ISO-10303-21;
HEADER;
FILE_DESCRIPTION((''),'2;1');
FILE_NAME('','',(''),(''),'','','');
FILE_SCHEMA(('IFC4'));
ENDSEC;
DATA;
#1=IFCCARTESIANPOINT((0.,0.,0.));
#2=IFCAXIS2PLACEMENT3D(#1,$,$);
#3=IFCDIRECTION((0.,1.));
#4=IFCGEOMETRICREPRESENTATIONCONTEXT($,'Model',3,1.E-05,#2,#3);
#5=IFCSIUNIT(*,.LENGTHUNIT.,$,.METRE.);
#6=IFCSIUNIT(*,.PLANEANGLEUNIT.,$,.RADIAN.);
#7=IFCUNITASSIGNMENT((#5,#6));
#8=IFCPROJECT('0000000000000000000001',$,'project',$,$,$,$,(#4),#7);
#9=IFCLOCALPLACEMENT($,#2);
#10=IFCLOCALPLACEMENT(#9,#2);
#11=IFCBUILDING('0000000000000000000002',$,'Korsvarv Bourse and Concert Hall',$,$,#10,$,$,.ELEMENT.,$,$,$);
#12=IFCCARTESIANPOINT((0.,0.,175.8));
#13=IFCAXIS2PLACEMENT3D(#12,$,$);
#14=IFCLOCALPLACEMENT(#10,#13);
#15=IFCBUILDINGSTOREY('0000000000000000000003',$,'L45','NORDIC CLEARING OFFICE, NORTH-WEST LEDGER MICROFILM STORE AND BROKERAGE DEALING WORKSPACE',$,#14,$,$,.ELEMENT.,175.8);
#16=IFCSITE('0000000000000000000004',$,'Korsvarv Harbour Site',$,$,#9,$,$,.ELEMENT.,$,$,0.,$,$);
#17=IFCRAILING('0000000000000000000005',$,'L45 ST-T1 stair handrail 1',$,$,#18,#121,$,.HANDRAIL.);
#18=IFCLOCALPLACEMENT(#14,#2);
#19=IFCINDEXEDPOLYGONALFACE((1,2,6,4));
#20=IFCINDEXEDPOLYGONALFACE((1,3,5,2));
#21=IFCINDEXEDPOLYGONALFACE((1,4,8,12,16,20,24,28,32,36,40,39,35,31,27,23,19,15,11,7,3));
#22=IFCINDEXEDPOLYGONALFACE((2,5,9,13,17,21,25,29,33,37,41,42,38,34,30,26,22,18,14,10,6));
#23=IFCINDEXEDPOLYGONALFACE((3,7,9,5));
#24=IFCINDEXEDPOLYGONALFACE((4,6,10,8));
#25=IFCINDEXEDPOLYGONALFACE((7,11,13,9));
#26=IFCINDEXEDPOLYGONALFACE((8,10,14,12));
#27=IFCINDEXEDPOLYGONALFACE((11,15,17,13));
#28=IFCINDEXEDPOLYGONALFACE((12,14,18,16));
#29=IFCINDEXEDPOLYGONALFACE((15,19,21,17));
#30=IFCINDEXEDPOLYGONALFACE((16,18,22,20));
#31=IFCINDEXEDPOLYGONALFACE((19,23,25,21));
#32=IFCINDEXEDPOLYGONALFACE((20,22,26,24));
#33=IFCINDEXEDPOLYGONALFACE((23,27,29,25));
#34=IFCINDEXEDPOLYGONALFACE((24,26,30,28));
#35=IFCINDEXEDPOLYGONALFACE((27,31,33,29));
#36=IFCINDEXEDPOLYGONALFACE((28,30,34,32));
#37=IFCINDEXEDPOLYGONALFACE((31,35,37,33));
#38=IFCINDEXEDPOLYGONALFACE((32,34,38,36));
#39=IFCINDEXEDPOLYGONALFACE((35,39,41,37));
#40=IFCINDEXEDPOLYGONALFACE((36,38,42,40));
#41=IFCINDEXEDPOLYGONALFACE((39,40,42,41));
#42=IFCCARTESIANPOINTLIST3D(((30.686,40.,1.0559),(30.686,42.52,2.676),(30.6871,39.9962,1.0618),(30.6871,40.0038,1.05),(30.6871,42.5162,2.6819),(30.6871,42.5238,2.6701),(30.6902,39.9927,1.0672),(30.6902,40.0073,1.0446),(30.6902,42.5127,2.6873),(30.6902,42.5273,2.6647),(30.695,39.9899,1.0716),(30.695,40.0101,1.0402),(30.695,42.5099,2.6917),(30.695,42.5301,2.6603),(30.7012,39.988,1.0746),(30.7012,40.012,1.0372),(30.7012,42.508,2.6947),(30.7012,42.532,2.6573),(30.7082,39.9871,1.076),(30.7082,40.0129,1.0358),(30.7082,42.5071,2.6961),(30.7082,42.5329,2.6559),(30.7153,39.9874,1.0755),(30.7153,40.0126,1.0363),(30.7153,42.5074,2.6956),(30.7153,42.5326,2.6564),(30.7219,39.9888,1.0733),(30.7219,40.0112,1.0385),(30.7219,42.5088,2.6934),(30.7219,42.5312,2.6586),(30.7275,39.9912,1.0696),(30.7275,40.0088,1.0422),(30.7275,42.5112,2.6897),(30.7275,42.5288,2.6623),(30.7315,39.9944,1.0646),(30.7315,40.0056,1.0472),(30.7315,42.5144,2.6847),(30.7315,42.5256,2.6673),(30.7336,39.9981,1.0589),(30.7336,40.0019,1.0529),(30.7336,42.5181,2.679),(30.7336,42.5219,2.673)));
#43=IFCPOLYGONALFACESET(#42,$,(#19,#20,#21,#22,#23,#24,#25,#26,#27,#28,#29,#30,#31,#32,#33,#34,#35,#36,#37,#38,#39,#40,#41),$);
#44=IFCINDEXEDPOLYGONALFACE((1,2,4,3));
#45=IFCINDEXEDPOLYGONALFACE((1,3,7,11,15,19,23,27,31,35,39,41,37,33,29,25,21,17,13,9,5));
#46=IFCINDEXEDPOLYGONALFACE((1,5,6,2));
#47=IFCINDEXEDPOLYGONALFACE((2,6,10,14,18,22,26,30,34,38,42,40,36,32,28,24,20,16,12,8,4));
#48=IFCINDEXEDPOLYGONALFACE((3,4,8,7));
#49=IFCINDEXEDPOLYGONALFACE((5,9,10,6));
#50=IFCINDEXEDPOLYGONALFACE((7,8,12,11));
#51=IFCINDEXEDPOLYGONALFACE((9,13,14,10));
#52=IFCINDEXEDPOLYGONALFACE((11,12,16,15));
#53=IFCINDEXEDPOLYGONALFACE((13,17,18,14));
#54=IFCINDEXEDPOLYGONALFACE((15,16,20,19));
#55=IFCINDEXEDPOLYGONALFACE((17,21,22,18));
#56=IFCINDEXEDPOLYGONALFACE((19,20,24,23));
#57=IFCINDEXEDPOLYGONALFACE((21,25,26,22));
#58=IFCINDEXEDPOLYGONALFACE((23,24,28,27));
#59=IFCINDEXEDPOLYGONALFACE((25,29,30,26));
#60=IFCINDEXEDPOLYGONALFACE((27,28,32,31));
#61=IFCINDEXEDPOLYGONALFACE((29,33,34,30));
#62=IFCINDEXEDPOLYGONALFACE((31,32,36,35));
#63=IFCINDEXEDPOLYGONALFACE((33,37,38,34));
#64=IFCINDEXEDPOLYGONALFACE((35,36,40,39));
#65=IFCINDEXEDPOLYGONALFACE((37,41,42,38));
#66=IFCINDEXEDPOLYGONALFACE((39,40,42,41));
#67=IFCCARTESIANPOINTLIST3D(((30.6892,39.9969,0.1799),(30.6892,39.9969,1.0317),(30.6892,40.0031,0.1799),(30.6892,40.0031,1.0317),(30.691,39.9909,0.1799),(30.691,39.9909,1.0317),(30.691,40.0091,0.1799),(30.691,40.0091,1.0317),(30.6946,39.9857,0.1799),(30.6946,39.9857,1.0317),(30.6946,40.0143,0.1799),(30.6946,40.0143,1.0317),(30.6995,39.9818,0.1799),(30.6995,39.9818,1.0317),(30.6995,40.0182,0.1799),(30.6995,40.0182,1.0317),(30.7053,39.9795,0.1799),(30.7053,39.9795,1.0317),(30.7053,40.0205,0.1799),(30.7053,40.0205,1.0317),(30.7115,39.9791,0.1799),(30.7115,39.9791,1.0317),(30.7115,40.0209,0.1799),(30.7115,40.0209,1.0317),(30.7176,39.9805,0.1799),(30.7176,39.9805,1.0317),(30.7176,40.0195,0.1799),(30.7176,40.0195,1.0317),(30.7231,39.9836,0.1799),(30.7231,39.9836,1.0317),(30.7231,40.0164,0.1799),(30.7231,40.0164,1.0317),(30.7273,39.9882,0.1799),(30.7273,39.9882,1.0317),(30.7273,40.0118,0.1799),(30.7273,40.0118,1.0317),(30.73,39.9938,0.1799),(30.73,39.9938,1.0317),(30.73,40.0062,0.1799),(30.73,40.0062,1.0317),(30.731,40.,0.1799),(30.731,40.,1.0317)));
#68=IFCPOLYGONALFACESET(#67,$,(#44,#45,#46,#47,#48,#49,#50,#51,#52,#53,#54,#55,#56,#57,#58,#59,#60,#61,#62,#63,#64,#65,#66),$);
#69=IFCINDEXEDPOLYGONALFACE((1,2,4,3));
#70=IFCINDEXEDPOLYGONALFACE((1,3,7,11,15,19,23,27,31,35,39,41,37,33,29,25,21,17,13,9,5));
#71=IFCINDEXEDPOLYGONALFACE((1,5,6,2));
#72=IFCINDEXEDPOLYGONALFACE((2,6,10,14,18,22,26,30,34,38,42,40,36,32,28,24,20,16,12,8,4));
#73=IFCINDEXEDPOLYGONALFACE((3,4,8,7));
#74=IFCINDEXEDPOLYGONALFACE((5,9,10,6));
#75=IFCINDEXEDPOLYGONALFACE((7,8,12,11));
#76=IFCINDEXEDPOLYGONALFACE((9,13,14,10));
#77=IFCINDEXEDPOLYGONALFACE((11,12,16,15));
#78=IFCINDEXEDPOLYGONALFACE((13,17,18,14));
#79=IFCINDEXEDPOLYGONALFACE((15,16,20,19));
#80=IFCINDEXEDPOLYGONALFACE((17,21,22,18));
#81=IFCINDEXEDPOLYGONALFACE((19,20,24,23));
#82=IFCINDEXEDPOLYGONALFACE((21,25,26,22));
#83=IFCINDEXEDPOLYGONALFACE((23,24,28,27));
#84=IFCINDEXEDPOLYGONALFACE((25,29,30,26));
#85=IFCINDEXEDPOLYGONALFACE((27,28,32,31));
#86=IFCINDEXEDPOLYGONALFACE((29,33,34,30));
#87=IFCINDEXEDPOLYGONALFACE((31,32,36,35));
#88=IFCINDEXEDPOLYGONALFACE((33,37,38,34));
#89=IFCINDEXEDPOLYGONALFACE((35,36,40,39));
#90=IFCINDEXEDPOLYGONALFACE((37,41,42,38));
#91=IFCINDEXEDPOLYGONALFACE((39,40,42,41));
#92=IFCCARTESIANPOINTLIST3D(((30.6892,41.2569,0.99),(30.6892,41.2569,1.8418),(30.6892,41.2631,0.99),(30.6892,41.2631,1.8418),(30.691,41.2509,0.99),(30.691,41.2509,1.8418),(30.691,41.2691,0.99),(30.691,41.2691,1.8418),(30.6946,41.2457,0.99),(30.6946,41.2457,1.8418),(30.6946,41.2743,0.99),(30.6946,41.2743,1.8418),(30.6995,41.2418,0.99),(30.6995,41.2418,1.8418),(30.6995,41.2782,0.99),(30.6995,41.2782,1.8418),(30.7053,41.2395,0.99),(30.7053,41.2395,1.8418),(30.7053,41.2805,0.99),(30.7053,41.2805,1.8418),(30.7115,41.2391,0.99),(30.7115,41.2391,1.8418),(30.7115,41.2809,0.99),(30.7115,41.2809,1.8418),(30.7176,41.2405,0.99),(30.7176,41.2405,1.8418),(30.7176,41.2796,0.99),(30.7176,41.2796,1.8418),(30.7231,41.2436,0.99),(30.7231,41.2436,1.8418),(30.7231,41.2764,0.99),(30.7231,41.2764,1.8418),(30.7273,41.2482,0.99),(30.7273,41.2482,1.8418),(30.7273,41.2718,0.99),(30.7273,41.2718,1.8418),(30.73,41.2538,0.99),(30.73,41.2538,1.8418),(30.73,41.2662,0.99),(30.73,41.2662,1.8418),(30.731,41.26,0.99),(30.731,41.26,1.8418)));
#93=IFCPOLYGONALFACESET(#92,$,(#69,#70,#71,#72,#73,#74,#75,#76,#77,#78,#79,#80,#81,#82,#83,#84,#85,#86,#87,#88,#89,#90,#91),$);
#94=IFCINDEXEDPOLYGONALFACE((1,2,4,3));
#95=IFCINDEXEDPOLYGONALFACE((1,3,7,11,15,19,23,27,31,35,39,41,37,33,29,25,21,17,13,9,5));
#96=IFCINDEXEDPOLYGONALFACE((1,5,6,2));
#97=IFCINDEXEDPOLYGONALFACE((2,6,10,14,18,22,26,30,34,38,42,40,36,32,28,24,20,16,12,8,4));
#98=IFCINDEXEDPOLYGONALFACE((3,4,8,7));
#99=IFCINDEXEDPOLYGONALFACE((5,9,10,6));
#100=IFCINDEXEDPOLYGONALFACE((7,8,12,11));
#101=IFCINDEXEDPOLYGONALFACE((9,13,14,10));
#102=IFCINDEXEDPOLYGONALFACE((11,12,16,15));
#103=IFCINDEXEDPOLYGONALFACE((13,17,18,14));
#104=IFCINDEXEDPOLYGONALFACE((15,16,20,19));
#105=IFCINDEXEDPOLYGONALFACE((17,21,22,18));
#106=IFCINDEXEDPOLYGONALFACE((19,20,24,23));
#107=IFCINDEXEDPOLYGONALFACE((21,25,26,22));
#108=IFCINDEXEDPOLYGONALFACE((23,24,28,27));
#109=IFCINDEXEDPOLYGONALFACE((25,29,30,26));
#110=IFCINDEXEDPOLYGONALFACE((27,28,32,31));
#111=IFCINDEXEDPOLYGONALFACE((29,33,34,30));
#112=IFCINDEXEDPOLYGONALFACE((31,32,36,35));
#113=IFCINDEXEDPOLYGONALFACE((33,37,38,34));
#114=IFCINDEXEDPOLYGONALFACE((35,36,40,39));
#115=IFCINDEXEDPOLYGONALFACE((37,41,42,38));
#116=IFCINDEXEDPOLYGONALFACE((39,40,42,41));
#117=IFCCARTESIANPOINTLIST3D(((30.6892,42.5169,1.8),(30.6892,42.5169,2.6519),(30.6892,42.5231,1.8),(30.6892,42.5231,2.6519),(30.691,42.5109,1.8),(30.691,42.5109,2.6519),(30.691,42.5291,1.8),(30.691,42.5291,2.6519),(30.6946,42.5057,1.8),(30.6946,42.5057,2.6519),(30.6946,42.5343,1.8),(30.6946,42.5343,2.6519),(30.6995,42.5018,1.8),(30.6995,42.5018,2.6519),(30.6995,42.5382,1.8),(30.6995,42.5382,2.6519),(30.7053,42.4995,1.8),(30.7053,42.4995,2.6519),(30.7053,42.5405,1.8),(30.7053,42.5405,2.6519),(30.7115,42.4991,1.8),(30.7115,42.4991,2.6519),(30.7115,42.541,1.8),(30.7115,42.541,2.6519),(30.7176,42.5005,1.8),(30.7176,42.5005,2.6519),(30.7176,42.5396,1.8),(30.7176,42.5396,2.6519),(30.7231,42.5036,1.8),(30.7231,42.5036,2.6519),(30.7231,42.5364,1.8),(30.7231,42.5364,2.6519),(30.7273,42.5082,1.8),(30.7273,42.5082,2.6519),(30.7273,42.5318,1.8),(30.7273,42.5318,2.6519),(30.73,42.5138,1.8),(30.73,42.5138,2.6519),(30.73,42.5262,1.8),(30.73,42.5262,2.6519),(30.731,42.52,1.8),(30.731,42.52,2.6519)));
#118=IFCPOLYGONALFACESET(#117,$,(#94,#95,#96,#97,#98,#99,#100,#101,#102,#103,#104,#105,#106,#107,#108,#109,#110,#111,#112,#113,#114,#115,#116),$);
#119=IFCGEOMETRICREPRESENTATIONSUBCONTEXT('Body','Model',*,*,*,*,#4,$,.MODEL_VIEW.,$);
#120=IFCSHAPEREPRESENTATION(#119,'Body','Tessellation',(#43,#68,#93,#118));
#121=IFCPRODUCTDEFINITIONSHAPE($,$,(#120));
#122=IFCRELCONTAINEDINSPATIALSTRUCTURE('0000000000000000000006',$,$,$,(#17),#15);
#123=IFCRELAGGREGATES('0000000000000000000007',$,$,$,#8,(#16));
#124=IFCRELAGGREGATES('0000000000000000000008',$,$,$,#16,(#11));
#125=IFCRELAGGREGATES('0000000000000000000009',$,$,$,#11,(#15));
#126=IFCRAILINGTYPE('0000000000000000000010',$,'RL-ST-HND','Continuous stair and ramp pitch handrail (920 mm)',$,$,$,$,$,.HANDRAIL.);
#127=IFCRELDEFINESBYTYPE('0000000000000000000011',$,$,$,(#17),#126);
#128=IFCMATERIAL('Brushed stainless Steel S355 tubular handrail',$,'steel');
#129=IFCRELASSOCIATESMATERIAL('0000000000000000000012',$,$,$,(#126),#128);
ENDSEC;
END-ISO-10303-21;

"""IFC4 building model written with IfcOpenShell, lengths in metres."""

from ifc_helpers import new_model, si_unit, direction, frame, origin, origin_2d, place, context, subcontext, project, spatial, circle, extrude, material, type_object, element, save


model = new_model("IFC4")

# Units and contexts
model_context = context("Model", 3, precision=1e-05, world=origin(), true_north=direction((0.0, 1.0)))
body_context = subcontext(model_context, "Body", "Model", "MODEL_VIEW")
ifc_project = project(units=[si_unit("LENGTHUNIT", "METRE"), si_unit("PLANEANGLEUNIT", "RADIAN")], contexts=[model_context])

# Site, building, storey
site_placement = place(None, origin())
site = spatial("IfcSite", under=ifc_project, at=site_placement, Name="Korsvarv Harbour Site", CompositionType="ELEMENT", RefElevation=0.0)
building_placement = place(site_placement, origin())
building = spatial("IfcBuilding", under=site, at=building_placement, Name="Korsvarv Bourse and Concert Hall", CompositionType="ELEMENT")
storey_placement = place(building_placement, frame((0.0, 0.0, 175.8)))
storey = spatial("IfcBuildingStorey", under=building, at=storey_placement, Name="L45", Description="NORDIC CLEARING OFFICE, NORTH-WEST LEDGER MICROFILM STORE AND BROKERAGE DEALING WORKSPACE", CompositionType="ELEMENT", Elevation=175.8)

# Railing
ifc_material_1 = material(Name="Brushed stainless Steel S355 tubular handrail", Category="steel")
railing_type_1 = type_object("IfcRailingType", Name="RL-ST-HND", Description="Continuous stair and ramp pitch handrail (920 mm)", PredefinedType="HANDRAIL", material=ifc_material_1)
railing_1_placement = place(storey_placement, frame((30.71, 40.0, 0.1799)))
element("IfcRailing", 1, at=railing_1_placement, inside=storey, type_object=railing_type_1, Name="L45 ST-T1 stair handrail 1", PredefinedType="HANDRAIL", context=body_context, shape_type="SweptSolid", body=[
    extrude(circle(Radius=0.0239, at=origin_2d()), frame((0.0, 0.0, 0.876), z_axis=(0.0, 0.841163, 0.540782), x_axis=(-1.0, 0.0, 0.0)), (0.0, 0.0, 1.0), 2.9958),
    extrude(circle(Radius=0.021, at=origin_2d()), origin(), (0.0, 0.0, 1.0), 0.8518),
    extrude(circle(Radius=0.021, at=origin_2d()), frame((0.0, 1.26, 0.8101)), (0.0, 0.0, 1.0), 0.8518),
    extrude(circle(Radius=0.021, at=origin_2d()), frame((0.0, 2.52, 1.6201)), (0.0, 0.0, 1.0), 0.8518),
])

save(model, "model.ifc")
